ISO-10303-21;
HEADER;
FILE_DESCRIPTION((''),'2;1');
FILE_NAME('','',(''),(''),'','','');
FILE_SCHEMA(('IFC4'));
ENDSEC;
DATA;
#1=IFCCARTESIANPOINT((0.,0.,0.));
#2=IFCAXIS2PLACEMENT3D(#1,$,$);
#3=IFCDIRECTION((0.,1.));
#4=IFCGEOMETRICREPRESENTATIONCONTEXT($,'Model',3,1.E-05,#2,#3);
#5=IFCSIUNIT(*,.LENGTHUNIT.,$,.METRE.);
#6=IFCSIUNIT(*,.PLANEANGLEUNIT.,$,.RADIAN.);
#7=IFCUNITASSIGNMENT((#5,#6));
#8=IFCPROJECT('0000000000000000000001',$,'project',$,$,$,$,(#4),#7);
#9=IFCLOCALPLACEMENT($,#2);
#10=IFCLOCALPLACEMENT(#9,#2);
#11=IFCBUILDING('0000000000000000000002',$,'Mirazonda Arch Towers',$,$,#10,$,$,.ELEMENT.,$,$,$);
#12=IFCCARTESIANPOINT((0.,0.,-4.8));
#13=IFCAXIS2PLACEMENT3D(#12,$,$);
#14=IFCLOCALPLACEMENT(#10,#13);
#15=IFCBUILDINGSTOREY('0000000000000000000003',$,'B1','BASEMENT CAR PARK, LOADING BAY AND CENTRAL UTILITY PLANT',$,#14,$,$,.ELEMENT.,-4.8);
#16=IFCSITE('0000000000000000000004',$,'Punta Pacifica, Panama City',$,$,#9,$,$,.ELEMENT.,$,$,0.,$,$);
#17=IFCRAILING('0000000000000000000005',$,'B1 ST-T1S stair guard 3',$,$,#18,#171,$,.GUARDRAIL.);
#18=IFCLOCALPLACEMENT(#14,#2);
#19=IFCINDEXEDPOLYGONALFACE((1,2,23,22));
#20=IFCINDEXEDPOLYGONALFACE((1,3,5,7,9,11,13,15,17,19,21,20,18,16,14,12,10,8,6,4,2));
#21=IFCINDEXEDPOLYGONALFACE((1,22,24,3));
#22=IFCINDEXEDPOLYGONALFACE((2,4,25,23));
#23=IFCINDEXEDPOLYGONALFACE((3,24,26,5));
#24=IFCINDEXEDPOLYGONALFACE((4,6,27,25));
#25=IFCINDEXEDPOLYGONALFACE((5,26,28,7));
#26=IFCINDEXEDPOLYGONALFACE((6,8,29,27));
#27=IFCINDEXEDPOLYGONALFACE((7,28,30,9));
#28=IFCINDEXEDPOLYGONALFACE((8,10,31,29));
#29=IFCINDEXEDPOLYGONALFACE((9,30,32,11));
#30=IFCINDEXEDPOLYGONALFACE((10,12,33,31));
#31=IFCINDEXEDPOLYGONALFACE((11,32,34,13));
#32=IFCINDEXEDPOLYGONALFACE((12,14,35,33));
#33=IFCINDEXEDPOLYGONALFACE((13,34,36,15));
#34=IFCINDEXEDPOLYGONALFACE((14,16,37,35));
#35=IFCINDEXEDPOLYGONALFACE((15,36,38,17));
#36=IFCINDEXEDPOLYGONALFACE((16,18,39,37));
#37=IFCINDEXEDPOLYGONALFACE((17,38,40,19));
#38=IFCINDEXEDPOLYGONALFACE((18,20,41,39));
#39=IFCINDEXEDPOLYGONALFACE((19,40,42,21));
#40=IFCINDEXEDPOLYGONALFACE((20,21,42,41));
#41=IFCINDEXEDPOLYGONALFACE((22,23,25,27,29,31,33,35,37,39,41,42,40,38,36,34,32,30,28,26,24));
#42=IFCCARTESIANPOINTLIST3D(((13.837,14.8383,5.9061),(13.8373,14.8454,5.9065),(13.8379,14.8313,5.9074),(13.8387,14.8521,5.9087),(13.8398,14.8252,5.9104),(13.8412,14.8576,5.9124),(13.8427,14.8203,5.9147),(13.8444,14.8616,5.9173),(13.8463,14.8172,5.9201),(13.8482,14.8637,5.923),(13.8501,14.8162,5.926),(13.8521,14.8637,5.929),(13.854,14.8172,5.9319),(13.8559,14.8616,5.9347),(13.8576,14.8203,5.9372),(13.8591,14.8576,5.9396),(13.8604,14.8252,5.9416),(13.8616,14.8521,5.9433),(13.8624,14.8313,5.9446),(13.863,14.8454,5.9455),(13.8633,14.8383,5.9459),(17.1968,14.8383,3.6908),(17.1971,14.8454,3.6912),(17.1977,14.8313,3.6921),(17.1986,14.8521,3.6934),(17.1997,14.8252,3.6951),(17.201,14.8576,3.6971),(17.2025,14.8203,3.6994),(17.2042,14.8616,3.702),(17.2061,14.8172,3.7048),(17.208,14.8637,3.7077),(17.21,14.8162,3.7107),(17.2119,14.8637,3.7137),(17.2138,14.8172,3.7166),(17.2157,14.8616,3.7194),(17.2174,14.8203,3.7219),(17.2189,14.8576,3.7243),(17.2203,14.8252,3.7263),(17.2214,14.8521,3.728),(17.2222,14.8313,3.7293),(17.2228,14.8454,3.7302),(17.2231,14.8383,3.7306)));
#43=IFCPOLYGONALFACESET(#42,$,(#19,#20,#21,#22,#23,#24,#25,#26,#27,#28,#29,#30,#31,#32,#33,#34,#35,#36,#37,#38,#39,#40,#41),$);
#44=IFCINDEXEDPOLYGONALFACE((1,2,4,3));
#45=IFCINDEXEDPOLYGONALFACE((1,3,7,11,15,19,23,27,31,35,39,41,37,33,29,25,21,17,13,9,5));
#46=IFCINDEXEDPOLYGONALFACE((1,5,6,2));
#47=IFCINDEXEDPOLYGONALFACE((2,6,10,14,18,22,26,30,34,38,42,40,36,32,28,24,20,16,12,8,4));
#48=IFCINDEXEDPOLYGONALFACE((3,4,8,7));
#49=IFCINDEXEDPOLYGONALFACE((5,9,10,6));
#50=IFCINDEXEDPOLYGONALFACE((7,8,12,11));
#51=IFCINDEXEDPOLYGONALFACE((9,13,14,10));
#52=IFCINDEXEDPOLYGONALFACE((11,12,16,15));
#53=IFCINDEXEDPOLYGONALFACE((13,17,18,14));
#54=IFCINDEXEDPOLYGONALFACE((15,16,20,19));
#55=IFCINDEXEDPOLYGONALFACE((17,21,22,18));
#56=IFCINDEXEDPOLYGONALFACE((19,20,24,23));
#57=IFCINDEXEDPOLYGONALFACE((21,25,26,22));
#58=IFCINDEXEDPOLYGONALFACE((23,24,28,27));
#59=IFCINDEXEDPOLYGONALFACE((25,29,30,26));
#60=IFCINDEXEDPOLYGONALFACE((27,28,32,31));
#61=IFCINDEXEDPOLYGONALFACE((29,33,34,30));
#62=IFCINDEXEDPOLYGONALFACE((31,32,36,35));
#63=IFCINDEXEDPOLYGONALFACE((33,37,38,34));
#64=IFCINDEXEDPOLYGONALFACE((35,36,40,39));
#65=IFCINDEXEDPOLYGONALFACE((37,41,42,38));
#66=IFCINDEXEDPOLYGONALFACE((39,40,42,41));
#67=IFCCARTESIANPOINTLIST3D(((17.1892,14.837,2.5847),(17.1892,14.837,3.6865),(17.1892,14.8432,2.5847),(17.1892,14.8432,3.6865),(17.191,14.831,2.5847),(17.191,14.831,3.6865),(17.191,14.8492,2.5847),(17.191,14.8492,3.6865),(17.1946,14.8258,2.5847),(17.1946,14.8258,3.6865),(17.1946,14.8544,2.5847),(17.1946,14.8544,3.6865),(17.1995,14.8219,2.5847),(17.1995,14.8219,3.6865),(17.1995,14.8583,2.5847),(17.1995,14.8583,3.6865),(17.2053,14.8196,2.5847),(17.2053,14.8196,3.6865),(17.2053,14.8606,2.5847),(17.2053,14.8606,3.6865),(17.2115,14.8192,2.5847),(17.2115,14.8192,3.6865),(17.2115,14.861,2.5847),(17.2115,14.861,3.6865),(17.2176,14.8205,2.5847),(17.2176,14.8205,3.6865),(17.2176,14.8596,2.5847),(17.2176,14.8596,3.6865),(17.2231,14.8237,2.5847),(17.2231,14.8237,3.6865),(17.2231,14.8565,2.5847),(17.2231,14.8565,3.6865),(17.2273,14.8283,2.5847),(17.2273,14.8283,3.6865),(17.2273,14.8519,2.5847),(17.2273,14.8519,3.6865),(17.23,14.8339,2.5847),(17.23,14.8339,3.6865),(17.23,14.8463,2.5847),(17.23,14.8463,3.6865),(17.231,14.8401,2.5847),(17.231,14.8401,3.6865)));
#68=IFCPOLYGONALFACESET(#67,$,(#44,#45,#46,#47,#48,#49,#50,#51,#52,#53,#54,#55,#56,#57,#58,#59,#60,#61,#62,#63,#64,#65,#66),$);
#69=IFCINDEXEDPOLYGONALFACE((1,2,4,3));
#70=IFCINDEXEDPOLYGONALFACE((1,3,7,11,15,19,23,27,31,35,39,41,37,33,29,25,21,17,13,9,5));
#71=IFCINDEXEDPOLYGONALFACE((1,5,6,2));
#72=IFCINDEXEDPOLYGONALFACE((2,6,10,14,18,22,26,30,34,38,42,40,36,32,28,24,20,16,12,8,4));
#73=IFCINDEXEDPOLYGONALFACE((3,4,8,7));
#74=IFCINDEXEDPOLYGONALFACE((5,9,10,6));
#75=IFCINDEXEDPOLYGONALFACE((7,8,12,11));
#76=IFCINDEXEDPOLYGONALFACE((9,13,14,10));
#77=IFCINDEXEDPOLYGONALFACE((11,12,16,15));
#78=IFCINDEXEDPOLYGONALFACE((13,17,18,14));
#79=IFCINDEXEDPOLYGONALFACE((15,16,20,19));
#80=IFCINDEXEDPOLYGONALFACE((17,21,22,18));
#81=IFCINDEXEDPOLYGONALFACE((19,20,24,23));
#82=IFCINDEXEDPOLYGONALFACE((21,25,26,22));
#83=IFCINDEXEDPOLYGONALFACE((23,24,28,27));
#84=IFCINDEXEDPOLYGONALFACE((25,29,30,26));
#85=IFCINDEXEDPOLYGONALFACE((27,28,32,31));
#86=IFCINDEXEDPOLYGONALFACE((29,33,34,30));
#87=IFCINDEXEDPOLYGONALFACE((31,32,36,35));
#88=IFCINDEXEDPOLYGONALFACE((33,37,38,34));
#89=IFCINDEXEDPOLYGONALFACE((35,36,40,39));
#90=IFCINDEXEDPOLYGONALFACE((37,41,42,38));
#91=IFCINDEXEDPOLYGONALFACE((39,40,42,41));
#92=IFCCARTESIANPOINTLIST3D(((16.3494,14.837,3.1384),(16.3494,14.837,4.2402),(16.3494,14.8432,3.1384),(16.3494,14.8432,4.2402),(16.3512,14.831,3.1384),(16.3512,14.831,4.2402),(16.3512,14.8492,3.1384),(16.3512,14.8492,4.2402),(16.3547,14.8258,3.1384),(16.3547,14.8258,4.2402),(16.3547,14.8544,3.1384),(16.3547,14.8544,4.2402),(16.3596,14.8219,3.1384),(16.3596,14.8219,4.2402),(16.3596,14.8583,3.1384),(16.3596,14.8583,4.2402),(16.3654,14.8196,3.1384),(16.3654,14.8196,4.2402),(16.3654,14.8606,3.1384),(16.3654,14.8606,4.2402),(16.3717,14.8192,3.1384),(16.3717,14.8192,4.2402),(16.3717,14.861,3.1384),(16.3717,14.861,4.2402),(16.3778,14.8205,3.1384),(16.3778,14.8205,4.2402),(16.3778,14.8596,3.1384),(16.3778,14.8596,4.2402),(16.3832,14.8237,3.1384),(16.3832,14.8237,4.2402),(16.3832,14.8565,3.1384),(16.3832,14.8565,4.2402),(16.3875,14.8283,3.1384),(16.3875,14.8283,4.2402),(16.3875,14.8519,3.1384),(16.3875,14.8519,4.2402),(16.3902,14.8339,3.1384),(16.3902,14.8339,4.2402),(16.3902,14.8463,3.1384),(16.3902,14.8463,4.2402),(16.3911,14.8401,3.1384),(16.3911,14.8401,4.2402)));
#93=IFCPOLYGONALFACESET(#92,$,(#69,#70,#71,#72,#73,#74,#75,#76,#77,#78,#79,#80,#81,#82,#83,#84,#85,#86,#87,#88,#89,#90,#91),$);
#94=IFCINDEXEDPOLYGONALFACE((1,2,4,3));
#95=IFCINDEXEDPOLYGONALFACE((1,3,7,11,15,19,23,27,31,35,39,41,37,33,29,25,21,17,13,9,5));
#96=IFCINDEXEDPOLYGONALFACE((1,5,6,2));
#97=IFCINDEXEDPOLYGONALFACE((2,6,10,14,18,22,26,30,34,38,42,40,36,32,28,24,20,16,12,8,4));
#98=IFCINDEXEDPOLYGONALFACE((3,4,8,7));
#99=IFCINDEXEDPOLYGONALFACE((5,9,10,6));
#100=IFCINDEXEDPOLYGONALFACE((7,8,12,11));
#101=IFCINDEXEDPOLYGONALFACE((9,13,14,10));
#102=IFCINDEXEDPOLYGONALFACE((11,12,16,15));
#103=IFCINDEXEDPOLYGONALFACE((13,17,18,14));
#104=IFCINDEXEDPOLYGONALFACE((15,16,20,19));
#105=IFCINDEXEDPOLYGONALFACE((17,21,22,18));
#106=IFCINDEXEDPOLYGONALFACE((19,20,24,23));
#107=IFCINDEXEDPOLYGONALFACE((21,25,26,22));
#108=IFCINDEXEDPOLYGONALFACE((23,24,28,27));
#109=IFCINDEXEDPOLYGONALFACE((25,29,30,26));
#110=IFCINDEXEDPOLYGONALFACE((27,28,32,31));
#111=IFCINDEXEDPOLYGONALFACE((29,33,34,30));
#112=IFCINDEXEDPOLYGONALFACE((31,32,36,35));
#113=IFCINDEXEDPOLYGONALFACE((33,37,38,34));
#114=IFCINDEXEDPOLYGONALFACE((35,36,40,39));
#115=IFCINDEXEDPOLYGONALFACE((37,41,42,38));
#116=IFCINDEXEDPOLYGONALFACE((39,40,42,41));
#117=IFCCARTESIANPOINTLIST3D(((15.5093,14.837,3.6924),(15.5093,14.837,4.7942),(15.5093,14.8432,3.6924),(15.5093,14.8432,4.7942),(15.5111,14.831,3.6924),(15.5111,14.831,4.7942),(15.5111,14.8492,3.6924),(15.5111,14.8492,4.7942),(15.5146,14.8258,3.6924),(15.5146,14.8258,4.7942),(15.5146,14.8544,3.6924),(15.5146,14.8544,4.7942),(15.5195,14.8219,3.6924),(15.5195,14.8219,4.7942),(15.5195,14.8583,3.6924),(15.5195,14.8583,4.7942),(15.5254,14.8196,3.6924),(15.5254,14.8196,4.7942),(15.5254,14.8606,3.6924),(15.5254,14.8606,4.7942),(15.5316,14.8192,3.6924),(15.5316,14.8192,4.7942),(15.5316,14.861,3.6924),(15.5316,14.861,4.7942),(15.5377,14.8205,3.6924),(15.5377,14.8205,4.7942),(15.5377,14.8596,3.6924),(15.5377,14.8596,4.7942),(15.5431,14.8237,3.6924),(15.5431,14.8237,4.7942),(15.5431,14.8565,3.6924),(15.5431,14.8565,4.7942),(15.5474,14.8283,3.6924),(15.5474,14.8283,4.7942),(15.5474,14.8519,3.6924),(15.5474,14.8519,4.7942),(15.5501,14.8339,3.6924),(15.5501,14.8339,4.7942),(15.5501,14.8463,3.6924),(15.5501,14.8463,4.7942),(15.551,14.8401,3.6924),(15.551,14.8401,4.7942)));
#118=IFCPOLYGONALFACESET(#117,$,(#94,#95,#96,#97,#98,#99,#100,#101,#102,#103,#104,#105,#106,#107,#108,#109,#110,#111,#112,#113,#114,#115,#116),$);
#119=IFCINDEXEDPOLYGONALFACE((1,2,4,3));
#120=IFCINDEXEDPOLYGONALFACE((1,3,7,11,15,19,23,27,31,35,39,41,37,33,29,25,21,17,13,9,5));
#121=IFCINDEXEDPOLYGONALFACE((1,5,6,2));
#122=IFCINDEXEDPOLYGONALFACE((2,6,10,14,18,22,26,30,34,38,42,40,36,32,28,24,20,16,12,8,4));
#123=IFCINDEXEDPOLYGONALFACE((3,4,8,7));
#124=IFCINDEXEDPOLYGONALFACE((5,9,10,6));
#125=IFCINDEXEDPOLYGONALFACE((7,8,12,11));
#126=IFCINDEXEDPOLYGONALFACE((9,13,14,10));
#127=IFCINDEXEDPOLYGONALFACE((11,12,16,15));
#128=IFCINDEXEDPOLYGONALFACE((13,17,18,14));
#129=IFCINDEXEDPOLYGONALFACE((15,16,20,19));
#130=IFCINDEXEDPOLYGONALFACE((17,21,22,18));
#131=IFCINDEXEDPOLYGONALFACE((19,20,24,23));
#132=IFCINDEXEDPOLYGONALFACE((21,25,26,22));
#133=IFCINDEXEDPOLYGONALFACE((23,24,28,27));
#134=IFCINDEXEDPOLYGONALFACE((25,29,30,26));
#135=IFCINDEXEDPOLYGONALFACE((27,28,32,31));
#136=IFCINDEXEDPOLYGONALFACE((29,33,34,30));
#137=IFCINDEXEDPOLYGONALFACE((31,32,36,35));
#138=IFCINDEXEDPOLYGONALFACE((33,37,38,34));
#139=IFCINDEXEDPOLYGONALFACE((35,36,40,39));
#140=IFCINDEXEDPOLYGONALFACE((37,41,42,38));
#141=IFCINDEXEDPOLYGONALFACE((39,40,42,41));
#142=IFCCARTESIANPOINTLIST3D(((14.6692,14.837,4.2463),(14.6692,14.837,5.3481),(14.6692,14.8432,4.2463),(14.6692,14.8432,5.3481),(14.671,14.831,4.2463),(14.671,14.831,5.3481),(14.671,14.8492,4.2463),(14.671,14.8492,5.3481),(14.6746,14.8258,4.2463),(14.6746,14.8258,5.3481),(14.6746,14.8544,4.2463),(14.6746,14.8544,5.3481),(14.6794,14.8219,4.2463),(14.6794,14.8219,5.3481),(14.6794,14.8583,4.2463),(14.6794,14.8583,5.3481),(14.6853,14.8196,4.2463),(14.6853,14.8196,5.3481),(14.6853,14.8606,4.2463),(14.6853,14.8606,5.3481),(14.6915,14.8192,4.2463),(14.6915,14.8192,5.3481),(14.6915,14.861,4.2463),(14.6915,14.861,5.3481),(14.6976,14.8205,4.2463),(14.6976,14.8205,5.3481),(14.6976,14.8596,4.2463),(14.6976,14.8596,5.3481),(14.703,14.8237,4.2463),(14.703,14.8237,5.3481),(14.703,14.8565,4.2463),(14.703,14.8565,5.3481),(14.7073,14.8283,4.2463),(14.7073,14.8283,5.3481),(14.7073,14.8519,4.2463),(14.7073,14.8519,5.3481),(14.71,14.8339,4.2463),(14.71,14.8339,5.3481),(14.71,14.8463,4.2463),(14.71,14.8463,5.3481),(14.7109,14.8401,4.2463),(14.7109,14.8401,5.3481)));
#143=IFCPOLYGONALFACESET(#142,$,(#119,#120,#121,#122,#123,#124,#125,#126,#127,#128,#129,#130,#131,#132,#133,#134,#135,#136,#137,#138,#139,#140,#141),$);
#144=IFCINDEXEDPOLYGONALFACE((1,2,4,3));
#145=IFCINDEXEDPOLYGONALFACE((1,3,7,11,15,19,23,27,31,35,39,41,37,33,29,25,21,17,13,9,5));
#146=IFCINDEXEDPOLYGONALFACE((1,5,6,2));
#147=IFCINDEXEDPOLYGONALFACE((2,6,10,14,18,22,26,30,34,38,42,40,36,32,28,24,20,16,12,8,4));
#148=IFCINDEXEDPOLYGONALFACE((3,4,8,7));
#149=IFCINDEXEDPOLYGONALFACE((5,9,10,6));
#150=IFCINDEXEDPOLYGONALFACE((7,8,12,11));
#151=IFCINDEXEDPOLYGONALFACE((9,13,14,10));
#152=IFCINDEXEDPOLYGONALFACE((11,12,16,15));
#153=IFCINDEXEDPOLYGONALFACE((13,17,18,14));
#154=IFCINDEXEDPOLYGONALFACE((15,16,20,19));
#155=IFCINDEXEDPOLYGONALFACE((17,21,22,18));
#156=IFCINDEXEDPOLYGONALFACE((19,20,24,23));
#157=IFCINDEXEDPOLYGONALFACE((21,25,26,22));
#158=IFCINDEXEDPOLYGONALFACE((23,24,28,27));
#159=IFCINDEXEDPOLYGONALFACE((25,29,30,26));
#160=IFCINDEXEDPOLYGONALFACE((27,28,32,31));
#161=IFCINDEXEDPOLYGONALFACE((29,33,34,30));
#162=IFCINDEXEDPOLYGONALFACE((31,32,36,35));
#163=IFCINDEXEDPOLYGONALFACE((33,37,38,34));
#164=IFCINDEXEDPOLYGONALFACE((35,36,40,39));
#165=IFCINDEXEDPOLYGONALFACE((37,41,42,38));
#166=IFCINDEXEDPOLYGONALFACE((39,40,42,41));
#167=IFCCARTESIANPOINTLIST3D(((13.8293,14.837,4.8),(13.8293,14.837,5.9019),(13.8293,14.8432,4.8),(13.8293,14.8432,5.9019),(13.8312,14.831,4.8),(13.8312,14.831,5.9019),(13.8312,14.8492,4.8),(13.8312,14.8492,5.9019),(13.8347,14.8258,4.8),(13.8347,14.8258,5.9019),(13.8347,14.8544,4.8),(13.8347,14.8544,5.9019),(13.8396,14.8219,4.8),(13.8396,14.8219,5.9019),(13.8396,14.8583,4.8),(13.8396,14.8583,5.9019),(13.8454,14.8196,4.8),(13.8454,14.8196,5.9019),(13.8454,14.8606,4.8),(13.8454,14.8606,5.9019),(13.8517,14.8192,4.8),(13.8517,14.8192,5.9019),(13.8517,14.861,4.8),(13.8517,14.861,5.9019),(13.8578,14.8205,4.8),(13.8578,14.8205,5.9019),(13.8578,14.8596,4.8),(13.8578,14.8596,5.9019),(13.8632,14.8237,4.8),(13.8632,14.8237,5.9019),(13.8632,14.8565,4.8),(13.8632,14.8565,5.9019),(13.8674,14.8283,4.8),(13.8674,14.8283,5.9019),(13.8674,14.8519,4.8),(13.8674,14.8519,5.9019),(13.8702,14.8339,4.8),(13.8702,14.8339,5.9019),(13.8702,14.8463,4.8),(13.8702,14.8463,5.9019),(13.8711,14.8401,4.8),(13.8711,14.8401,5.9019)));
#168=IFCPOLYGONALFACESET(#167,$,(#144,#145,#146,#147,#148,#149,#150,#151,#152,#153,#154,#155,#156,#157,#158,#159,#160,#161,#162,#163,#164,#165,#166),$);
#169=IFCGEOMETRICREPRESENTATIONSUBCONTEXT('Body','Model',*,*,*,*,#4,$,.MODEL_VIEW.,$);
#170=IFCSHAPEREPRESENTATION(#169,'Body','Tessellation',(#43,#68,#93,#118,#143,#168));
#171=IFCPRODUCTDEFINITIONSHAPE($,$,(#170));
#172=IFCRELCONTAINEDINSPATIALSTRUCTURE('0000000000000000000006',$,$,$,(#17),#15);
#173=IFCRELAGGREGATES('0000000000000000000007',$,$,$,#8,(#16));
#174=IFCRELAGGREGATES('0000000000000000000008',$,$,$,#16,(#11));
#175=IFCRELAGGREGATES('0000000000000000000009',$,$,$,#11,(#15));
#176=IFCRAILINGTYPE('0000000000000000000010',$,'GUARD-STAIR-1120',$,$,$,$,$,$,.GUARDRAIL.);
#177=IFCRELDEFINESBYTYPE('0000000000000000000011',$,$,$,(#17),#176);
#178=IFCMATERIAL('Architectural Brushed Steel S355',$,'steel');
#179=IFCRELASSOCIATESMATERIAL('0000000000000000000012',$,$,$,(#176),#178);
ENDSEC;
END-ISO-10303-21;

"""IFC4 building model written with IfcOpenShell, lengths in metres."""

from ifc_helpers import new_model, si_unit, direction, frame, origin, origin_2d, place, context, subcontext, project, spatial, circle, extrude, material, type_object, element, save


model = new_model("IFC4")

# Units and contexts
model_context = context("Model", 3, precision=1e-05, world=origin(), true_north=direction((0.0, 1.0)))
body_context = subcontext(model_context, "Body", "Model", "MODEL_VIEW")
ifc_project = project(units=[si_unit("LENGTHUNIT", "METRE"), si_unit("PLANEANGLEUNIT", "RADIAN")], contexts=[model_context])

# Site, building, storey
site_placement = place(None, origin())
site = spatial("IfcSite", under=ifc_project, at=site_placement, Name="Punta Pacifica, Panama City", CompositionType="ELEMENT", RefElevation=0.0)
building_placement = place(site_placement, origin())
building = spatial("IfcBuilding", under=site, at=building_placement, Name="Mirazonda Arch Towers", CompositionType="ELEMENT")
storey_placement = place(building_placement, frame((0.0, 0.0, -4.8)))
storey = spatial("IfcBuildingStorey", under=building, at=storey_placement, Name="B1", Description="BASEMENT CAR PARK, LOADING BAY AND CENTRAL UTILITY PLANT", CompositionType="ELEMENT", Elevation=-4.8)

# Shared definitions
ifc_material_1 = material(Name="Architectural Brushed Steel S355", Category="steel")

# Railing
railing_type_1 = type_object("IfcRailingType", Name="GUARD-STAIR-1120", PredefinedType="GUARDRAIL", material=ifc_material_1)
railing_1_placement = place(storey_placement, frame((17.21, 14.8401, 2.5847)))
element("IfcRailing", 1, at=railing_1_placement, inside=storey, type_object=railing_type_1, Name="B1 ST-T1S stair guard 3", PredefinedType="GUARDRAIL", context=body_context, shape_type="SweptSolid", body=[
    extrude(circle(Radius=0.0239, at=origin_2d()), frame((0.0, 0.0, 1.126), z_axis=(-0.834858, 0.0, 0.550465), x_axis=(0.0, -1.0, 0.0)), (0.0, 0.0, 1.0), 4.0244),
    extrude(circle(Radius=0.021, at=origin_2d()), origin(), (0.0, 0.0, 1.0), 1.1018),
    extrude(circle(Radius=0.021, at=origin_2d()), frame((-0.8398, 0.0, 0.5537)), (0.0, 0.0, 1.0), 1.1018),
    extrude(circle(Radius=0.021, at=origin_2d()), frame((-1.6799, 0.0, 1.1077)), (0.0, 0.0, 1.0), 1.1018),
    extrude(circle(Radius=0.021, at=origin_2d()), frame((-2.52, 0.0, 1.6616)), (0.0, 0.0, 1.0), 1.1018),
    extrude(circle(Radius=0.021, at=origin_2d()), frame((-3.3599, 0.0, 2.2153)), (0.0, 0.0, 1.0), 1.1018),
])

save(model, "model.ifc")
